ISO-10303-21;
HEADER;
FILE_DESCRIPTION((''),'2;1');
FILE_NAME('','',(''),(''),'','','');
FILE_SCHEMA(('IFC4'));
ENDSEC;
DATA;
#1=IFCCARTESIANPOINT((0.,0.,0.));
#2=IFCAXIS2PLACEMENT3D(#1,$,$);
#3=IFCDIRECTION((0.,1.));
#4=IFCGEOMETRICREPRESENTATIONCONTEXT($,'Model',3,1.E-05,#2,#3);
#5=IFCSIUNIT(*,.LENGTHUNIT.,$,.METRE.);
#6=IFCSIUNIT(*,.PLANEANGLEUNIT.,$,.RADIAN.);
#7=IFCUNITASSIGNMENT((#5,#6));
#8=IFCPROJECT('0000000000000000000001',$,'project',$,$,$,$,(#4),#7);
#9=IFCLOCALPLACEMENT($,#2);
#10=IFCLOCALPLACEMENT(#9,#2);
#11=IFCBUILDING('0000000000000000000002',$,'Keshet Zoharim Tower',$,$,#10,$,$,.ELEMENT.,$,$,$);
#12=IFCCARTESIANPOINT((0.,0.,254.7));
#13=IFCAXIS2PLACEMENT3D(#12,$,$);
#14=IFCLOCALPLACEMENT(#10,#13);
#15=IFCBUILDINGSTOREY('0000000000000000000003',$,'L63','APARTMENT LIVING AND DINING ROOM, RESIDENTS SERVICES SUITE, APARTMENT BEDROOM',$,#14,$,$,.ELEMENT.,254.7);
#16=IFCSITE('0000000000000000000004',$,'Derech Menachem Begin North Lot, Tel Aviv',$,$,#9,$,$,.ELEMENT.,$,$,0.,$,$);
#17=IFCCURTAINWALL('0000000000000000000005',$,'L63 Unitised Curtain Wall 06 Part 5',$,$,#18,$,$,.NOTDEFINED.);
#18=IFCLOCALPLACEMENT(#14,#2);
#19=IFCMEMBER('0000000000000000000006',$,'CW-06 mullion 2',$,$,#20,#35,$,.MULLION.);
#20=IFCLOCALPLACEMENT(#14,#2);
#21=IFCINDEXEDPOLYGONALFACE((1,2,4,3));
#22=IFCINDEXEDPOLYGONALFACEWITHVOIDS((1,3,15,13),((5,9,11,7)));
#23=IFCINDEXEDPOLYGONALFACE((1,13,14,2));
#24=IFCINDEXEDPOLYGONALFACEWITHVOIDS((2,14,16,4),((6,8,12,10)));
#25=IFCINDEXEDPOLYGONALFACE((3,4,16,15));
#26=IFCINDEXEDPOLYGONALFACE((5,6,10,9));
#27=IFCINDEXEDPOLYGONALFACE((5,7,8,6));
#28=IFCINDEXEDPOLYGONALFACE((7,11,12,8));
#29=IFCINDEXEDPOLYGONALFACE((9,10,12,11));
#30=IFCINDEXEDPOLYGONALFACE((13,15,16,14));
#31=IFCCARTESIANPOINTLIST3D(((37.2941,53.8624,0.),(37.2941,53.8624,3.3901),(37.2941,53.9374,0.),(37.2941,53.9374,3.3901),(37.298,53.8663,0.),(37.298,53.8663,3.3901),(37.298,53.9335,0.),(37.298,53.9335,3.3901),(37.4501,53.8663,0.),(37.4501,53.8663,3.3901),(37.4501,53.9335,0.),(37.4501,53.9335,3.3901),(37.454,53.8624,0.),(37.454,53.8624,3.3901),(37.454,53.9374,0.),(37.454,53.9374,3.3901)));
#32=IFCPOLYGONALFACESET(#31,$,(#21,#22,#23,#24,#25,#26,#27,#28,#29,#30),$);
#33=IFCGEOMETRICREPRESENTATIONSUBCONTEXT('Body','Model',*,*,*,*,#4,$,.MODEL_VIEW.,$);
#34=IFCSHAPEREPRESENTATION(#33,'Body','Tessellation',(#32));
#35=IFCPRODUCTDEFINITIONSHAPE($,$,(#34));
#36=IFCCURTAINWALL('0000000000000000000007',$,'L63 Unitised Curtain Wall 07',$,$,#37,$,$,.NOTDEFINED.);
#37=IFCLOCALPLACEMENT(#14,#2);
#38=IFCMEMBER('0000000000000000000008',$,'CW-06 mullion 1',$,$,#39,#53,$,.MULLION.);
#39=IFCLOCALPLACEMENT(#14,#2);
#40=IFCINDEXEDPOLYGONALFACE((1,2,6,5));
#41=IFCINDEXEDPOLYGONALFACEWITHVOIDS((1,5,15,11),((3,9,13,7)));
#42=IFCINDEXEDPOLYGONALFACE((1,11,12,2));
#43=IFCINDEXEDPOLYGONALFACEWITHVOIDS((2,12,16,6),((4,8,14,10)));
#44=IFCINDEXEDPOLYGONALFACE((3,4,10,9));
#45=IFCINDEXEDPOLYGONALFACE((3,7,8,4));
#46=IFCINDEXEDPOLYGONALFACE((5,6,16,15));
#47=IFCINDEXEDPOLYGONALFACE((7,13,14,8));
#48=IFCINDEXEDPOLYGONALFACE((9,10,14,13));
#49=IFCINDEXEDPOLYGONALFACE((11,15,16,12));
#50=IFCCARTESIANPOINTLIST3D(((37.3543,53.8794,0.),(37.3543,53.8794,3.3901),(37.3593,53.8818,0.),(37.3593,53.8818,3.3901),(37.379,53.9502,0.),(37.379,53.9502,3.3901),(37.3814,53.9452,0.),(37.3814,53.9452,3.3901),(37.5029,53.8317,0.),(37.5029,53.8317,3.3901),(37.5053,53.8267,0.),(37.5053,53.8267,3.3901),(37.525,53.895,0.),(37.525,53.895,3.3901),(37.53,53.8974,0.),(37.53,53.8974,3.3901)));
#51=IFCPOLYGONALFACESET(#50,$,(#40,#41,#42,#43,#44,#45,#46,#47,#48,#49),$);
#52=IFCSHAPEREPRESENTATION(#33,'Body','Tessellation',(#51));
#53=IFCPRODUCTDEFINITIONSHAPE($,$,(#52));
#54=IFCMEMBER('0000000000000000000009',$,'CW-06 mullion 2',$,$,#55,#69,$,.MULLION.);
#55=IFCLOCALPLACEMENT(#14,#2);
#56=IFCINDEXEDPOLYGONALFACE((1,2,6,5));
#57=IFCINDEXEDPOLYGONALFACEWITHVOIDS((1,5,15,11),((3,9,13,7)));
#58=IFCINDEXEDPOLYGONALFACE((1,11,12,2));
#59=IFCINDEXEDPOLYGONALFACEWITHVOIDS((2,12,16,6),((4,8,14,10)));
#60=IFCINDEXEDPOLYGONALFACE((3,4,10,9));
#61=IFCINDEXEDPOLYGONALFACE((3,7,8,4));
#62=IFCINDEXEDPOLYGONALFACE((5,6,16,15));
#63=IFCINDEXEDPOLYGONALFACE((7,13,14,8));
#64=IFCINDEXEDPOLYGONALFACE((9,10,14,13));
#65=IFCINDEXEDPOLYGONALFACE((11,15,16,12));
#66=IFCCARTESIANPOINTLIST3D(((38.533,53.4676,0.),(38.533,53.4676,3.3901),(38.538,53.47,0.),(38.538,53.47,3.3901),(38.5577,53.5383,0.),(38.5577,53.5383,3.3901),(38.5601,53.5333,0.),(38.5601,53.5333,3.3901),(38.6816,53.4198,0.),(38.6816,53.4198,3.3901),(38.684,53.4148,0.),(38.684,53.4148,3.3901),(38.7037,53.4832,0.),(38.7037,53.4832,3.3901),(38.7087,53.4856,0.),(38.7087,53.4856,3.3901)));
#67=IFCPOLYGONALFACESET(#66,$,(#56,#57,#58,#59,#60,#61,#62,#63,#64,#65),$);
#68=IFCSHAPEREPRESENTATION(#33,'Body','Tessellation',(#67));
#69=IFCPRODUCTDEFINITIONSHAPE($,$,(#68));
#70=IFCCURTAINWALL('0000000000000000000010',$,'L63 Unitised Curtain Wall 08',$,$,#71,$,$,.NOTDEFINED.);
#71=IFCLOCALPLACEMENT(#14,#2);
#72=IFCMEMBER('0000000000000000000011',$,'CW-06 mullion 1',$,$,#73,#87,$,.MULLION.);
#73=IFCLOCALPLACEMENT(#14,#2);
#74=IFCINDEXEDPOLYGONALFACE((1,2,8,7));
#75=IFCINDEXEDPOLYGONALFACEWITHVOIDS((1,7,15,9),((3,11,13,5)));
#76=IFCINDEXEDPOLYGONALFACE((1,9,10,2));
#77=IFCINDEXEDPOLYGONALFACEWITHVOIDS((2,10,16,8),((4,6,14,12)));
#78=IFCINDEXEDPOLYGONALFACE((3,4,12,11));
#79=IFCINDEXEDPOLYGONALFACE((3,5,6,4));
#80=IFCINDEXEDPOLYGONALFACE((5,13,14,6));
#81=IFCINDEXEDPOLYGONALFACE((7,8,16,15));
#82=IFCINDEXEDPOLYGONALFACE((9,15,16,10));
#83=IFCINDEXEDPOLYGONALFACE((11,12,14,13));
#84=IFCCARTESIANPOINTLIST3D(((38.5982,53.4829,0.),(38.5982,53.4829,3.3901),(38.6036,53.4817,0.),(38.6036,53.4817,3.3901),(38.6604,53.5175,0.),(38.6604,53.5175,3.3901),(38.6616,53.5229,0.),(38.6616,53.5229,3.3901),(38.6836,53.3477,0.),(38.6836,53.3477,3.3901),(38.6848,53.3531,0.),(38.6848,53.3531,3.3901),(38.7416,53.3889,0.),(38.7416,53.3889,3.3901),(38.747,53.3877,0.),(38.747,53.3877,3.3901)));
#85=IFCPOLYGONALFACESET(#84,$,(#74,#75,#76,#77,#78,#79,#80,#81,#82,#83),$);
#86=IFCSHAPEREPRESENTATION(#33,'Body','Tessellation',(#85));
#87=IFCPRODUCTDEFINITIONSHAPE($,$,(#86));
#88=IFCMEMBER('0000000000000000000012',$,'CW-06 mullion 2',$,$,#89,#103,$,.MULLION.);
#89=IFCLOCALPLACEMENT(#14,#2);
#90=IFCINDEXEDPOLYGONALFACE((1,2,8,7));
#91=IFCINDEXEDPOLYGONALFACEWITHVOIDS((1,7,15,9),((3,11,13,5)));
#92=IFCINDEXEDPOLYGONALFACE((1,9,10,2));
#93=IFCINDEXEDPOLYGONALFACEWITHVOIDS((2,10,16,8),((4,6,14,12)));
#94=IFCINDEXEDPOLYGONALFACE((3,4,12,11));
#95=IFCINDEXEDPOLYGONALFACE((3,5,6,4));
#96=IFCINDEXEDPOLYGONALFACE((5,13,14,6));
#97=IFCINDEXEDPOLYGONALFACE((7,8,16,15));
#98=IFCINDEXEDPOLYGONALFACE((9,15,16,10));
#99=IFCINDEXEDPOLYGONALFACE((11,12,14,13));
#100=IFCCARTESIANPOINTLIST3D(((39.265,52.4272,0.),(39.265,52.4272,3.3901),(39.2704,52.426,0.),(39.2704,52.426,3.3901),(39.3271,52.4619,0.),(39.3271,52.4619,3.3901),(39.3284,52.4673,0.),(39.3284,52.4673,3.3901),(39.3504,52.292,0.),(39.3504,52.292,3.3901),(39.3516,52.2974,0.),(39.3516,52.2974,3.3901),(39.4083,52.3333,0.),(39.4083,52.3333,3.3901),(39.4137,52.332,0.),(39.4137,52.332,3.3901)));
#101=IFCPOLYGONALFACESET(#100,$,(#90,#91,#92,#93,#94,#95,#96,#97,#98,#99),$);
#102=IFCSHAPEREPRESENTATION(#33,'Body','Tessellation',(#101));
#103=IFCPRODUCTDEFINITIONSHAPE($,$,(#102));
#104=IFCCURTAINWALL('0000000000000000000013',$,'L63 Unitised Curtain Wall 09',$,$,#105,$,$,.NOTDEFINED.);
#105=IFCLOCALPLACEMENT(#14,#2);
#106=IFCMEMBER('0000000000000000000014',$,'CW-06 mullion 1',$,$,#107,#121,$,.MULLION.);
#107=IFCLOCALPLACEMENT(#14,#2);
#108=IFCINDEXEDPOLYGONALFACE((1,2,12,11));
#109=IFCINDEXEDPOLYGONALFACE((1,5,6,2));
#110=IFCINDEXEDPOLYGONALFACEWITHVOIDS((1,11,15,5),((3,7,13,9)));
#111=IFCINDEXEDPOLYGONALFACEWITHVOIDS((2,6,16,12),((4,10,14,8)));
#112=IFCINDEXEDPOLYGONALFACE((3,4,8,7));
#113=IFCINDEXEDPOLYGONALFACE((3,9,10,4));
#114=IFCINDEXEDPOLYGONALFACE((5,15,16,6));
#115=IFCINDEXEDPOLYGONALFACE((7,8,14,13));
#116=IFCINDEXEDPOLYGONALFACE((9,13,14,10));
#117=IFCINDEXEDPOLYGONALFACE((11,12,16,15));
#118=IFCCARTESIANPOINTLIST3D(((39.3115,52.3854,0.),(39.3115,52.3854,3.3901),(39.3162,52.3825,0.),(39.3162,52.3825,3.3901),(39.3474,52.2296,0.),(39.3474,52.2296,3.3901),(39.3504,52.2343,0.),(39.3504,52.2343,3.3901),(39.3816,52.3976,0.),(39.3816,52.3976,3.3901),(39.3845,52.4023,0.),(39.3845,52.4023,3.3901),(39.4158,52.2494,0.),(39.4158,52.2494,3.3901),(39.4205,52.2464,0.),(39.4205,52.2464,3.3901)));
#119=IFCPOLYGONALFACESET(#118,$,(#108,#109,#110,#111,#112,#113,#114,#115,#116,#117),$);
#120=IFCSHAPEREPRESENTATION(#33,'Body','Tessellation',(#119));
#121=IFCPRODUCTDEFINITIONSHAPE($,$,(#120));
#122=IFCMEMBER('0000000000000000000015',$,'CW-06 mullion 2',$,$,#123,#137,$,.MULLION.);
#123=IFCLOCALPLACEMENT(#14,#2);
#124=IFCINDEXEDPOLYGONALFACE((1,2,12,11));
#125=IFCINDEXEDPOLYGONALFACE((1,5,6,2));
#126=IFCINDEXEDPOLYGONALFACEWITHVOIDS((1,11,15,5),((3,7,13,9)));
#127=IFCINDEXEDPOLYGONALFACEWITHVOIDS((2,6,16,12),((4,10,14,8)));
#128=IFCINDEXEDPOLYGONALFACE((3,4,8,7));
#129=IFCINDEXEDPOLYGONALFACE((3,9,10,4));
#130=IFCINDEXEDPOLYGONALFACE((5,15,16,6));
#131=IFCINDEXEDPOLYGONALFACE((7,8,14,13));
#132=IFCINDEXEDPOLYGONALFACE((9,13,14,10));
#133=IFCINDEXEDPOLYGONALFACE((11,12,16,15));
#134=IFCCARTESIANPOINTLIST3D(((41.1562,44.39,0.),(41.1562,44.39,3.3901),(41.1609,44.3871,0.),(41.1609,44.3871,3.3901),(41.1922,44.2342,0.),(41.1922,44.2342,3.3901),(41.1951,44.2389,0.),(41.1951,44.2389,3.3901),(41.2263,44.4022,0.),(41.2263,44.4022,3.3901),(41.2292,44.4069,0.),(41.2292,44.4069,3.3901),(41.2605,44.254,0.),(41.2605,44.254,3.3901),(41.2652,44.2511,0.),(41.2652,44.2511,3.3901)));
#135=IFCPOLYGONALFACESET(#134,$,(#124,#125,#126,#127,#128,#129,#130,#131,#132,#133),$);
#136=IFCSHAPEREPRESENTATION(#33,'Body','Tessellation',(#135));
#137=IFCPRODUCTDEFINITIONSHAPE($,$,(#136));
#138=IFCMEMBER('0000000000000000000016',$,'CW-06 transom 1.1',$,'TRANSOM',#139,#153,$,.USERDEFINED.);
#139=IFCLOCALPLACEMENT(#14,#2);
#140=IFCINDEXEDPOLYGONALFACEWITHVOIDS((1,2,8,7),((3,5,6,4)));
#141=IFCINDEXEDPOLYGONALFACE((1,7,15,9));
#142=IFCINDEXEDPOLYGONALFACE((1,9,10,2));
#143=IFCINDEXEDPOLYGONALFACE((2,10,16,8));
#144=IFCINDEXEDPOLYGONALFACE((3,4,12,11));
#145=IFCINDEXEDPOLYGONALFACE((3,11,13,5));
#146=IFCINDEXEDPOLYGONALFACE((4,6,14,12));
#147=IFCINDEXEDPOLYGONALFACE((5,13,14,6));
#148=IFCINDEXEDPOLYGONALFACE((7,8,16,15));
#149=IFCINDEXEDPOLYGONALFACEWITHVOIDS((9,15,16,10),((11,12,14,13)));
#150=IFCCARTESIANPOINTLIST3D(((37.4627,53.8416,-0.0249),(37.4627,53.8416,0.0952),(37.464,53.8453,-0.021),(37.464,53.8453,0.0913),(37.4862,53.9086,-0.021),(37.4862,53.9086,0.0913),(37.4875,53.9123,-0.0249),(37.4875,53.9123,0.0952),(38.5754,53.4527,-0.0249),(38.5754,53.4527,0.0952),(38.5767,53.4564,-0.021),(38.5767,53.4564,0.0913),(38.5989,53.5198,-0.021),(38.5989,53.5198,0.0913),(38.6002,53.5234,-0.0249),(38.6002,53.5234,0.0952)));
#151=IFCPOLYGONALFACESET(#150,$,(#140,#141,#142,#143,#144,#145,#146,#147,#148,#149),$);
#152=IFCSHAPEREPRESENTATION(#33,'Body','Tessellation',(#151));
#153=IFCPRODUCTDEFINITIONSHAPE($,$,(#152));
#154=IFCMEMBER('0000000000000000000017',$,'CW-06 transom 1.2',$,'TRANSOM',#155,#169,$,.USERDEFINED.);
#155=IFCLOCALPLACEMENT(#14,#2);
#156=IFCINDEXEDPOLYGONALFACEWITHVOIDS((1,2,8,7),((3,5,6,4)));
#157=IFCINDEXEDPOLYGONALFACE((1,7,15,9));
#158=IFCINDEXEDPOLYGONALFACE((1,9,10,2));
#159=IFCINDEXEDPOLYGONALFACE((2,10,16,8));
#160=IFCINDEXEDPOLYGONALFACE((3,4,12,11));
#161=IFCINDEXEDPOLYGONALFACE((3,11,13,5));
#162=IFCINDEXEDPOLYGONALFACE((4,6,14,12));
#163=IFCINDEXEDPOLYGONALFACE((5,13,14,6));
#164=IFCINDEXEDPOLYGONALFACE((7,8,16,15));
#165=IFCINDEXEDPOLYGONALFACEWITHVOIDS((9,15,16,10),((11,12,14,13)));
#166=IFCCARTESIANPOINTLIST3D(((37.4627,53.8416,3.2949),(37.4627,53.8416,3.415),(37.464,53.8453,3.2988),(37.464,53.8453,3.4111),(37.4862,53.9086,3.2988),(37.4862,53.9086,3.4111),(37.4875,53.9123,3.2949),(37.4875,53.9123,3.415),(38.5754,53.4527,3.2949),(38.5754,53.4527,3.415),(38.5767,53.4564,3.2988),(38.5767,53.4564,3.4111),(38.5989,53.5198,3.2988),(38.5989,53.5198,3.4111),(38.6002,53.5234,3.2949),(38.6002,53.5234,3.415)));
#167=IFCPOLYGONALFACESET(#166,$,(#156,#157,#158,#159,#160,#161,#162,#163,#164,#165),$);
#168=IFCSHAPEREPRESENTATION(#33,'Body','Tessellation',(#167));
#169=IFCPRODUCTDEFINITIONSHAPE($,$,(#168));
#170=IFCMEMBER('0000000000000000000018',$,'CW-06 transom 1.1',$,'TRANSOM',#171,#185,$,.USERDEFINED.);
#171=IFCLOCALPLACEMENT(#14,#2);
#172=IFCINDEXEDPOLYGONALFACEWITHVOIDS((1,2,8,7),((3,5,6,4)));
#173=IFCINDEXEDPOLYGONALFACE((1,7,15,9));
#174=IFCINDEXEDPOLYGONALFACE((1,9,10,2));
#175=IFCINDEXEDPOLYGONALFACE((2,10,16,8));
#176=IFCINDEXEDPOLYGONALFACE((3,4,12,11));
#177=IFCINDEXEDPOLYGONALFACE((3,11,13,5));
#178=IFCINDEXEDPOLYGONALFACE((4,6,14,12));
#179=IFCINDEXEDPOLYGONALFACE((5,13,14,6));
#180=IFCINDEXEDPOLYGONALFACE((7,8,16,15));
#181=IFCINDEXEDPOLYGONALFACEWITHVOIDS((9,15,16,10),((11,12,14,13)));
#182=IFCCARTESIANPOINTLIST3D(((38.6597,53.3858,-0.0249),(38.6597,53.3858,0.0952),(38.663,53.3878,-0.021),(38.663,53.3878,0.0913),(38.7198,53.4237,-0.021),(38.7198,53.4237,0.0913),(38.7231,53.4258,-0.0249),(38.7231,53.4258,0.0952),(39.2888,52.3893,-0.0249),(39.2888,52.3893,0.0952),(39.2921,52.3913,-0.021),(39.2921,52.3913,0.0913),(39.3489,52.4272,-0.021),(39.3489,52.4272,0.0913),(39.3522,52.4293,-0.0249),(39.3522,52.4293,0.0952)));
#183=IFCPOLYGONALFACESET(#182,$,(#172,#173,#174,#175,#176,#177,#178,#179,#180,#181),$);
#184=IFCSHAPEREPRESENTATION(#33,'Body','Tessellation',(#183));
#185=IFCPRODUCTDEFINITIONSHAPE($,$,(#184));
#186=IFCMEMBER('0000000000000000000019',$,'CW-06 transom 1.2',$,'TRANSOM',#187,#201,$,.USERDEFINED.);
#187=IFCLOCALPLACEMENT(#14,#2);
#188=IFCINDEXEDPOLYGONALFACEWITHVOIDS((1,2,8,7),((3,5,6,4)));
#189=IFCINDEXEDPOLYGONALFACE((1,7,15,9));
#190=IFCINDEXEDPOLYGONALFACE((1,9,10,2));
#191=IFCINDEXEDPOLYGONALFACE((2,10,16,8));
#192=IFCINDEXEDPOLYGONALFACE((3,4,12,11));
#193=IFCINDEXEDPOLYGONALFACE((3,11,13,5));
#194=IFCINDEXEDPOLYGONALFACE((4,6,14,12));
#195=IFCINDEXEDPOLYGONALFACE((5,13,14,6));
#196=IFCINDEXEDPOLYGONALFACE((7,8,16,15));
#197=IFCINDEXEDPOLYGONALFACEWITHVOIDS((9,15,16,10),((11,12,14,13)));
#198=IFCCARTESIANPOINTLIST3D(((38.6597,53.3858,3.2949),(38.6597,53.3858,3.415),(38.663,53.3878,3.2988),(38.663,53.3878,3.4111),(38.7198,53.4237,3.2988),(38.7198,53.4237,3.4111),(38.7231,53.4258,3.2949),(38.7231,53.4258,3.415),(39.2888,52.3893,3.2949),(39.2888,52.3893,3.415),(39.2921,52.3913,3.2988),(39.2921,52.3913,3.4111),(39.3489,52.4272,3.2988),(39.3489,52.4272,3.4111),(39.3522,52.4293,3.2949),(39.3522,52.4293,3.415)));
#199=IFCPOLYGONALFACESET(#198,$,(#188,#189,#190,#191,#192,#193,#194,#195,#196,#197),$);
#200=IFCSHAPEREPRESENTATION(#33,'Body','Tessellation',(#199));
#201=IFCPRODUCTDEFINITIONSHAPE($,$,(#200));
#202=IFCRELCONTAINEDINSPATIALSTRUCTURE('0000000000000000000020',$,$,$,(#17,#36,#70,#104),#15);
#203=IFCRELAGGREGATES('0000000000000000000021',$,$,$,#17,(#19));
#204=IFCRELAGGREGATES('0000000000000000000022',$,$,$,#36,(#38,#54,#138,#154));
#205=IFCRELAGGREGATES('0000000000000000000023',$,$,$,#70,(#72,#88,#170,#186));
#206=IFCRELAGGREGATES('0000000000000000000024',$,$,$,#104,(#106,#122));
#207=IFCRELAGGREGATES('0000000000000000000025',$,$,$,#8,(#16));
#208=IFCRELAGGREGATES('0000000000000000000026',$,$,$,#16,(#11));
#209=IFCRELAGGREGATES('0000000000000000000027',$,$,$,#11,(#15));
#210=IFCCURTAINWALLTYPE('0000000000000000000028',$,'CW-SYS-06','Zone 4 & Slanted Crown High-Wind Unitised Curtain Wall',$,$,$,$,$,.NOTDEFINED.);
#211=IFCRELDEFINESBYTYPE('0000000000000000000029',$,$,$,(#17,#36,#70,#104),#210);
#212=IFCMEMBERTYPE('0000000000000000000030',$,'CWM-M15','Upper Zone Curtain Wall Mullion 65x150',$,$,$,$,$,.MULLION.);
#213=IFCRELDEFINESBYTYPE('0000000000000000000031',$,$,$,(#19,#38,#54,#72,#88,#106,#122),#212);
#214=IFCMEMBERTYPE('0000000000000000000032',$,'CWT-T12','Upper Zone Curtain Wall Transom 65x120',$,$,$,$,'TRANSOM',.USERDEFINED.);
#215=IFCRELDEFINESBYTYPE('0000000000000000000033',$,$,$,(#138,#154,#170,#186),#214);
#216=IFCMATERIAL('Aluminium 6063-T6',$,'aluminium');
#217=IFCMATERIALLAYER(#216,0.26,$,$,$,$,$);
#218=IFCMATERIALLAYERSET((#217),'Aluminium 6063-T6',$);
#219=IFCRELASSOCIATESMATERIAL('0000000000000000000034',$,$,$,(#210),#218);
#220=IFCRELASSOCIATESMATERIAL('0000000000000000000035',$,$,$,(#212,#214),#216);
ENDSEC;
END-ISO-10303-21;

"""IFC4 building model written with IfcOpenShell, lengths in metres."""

from ifc_helpers import new_model, si_unit, direction, frame, origin, origin_2d, place, context, subcontext, project, spatial, hollow_rectangle, extrude, material, layer, layer_set, material_profile, profile_set, type_object, element, aggregate, save


model = new_model("IFC4")

# Units and contexts
model_context = context("Model", 3, precision=1e-05, world=origin(), true_north=direction((0.0, 1.0)))
body_context = subcontext(model_context, "Body", "Model", "MODEL_VIEW")
ifc_project = project(units=[si_unit("LENGTHUNIT", "METRE"), si_unit("PLANEANGLEUNIT", "RADIAN")], contexts=[model_context])

# Site, building, storey
site_placement = place(None, origin())
site = spatial("IfcSite", under=ifc_project, at=site_placement, Name="Derech Menachem Begin North Lot, Tel Aviv", CompositionType="ELEMENT", RefElevation=0.0)
building_placement = place(site_placement, origin())
building = spatial("IfcBuilding", under=site, at=building_placement, Name="Keshet Zoharim Tower", CompositionType="ELEMENT")
storey_placement = place(building_placement, frame((0.0, 0.0, 254.7)))
storey = spatial("IfcBuildingStorey", under=building, at=storey_placement, Name="L63", Description="APARTMENT LIVING AND DINING ROOM, RESIDENTS SERVICES SUITE, APARTMENT BEDROOM", CompositionType="ELEMENT", Elevation=254.7)

# Curtain wall, member
ifc_material_1 = material(Name="Aluminium 6063-T6", Category="aluminium")
ifc_layer_1 = layer(ifc_material_1, 0.26)
ifc_layer_set_1 = layer_set([ifc_layer_1], Name="Aluminium 6063-T6")
curtain_wall_type = type_object("IfcCurtainWallType", Name="CW-SYS-06", Description="Zone 4 & Slanted Crown High-Wind Unitised Curtain Wall", PredefinedType="NOTDEFINED", material=ifc_layer_set_1)
curtain_wall_1_placement = place(storey_placement, origin())
curtain_wall_1 = element("IfcCurtainWall", 1, at=curtain_wall_1_placement, inside=storey, type_object=curtain_wall_type, Name="L63 Unitised Curtain Wall 06 Part 5", PredefinedType="NOTDEFINED")
ifc_material_profile_1 = material_profile(ifc_material_1, hollow_rectangle(XDim=0.075, YDim=0.1599, WallThickness=0.0039, at=origin_2d()), Name="MUL-75x160")
ifc_profile_set_1 = profile_set([ifc_material_profile_1], Name="Aluminium 6063-T6")
member_type_1 = type_object("IfcMemberType", Name="CWM-M15", Description="Upper Zone Curtain Wall Mullion 65x150", PredefinedType="MULLION", material=ifc_profile_set_1)
member_1_placement = place(storey_placement, frame((37.374, 53.8999, 0.0), z_axis=(0.0, 0.0, 1.0), x_axis=(0.0, 1.0, 0.0)))
member_1 = element("IfcMember", 2, at=member_1_placement, type_object=member_type_1, Name="CW-06 mullion 2", PredefinedType="MULLION", context=body_context, shape_type="SweptSolid", body=[
    extrude(hollow_rectangle(XDim=0.075, YDim=0.1599, WallThickness=0.0039, at=origin_2d()), origin(), (0.0, 0.0, 1.0), 3.3901),
])
aggregate(curtain_wall_1, [member_1])

# Curtain walls, members
curtain_wall_2_placement = place(storey_placement, origin())
curtain_wall_2 = element("IfcCurtainWall", 3, at=curtain_wall_2_placement, inside=storey, type_object=curtain_wall_type, Name="L63 Unitised Curtain Wall 07", PredefinedType="NOTDEFINED")
member_2_placement = place(storey_placement, frame((37.4421, 53.8884, 0.0), z_axis=(0.0, 0.0, 1.0), x_axis=(0.329844, 0.944036, 0.0)))
member_2 = element("IfcMember", 4, at=member_2_placement, type_object=member_type_1, Name="CW-06 mullion 1", PredefinedType="MULLION", context=body_context, shape_type="SweptSolid", body=[
    extrude(hollow_rectangle(XDim=0.075, YDim=0.1599, WallThickness=0.0039, at=origin_2d()), origin(), (0.0, 0.0, 1.0), 3.3901),
])
member_3_placement = place(storey_placement, frame((38.6208, 53.4766, 0.0), z_axis=(0.0, 0.0, 1.0), x_axis=(0.329844, 0.944036, 0.0)))
member_3 = element("IfcMember", 5, at=member_3_placement, type_object=member_type_1, Name="CW-06 mullion 2", PredefinedType="MULLION", context=body_context, shape_type="SweptSolid", body=[
    extrude(hollow_rectangle(XDim=0.075, YDim=0.1599, WallThickness=0.0039, at=origin_2d()), origin(), (0.0, 0.0, 1.0), 3.3901),
])
curtain_wall_3_placement = place(storey_placement, origin())
curtain_wall_3 = element("IfcCurtainWall", 6, at=curtain_wall_3_placement, inside=storey, type_object=curtain_wall_type, Name="L63 Unitised Curtain Wall 08", PredefinedType="NOTDEFINED")
member_4_placement = place(storey_placement, frame((38.6726, 53.4353, 0.0), z_axis=(0.0, 0.0, 1.0), x_axis=(0.845561, 0.533879, 0.0)))
member_4 = element("IfcMember", 7, at=member_4_placement, type_object=member_type_1, Name="CW-06 mullion 1", PredefinedType="MULLION", context=body_context, shape_type="SweptSolid", body=[
    extrude(hollow_rectangle(XDim=0.075, YDim=0.1599, WallThickness=0.0039, at=origin_2d()), origin(), (0.0, 0.0, 1.0), 3.3901),
])
member_5_placement = place(storey_placement, frame((39.3394, 52.3796, 0.0), z_axis=(0.0, 0.0, 1.0), x_axis=(0.845561, 0.533879, 0.0)))
member_5 = element("IfcMember", 8, at=member_5_placement, type_object=member_type_1, Name="CW-06 mullion 2", PredefinedType="MULLION", context=body_context, shape_type="SweptSolid", body=[
    extrude(hollow_rectangle(XDim=0.075, YDim=0.1599, WallThickness=0.0039, at=origin_2d()), origin(), (0.0, 0.0, 1.0), 3.3901),
])
curtain_wall_4_placement = place(storey_placement, origin())
curtain_wall_4 = element("IfcCurtainWall", 9, at=curtain_wall_4_placement, inside=storey, type_object=curtain_wall_type, Name="L63 Unitised Curtain Wall 09", PredefinedType="NOTDEFINED")
member_6_placement = place(storey_placement, frame((39.366, 52.3159, 0.0), z_axis=(0.0, 0.0, 1.0), x_axis=(0.974398, 0.22483, 0.0)))
member_6 = element("IfcMember", 10, at=member_6_placement, type_object=member_type_1, Name="CW-06 mullion 1", PredefinedType="MULLION", context=body_context, shape_type="SweptSolid", body=[
    extrude(hollow_rectangle(XDim=0.075, YDim=0.1599, WallThickness=0.0039, at=origin_2d()), origin(), (0.0, 0.0, 1.0), 3.3901),
])
member_7_placement = place(storey_placement, frame((41.2107, 44.3206, 0.0), z_axis=(0.0, 0.0, 1.0), x_axis=(0.974398, 0.22483, 0.0)))
member_7 = element("IfcMember", 11, at=member_7_placement, type_object=member_type_1, Name="CW-06 mullion 2", PredefinedType="MULLION", context=body_context, shape_type="SweptSolid", body=[
    extrude(hollow_rectangle(XDim=0.075, YDim=0.1599, WallThickness=0.0039, at=origin_2d()), origin(), (0.0, 0.0, 1.0), 3.3901),
])

# Members
ifc_material_profile_2 = material_profile(ifc_material_1, hollow_rectangle(XDim=0.075, YDim=0.1201, WallThickness=0.0039, at=origin_2d()), Name="TRN-75x120")
ifc_profile_set_2 = profile_set([ifc_material_profile_2], Name="Aluminium 6063-T6")
member_type_2 = type_object("IfcMemberType", Name="CWT-T12", Description="Upper Zone Curtain Wall Transom 65x120", ElementType="TRANSOM", PredefinedType="USERDEFINED", material=ifc_profile_set_2)
member_8_placement = place(storey_placement, frame((37.4751, 53.877, 0.0352), z_axis=(0.944007, -0.329926, 0.0), x_axis=(0.329926, 0.944007, 0.0)))
member_8 = element("IfcMember", 12, at=member_8_placement, type_object=member_type_2, Name="CW-06 transom 1.1", ObjectType="TRANSOM", PredefinedType="USERDEFINED", context=body_context, shape_type="SweptSolid", body=[
    extrude(hollow_rectangle(XDim=0.075, YDim=0.1201, WallThickness=0.0039, at=origin_2d()), origin(), (0.0, 0.0, 1.0), 1.1787),
])
member_9_placement = place(storey_placement, frame((37.4751, 53.877, 3.355), z_axis=(0.944007, -0.329926, 0.0), x_axis=(0.329926, 0.944007, 0.0)))
member_9 = element("IfcMember", 13, at=member_9_placement, type_object=member_type_2, Name="CW-06 transom 1.2", ObjectType="TRANSOM", PredefinedType="USERDEFINED", context=body_context, shape_type="SweptSolid", body=[
    extrude(hollow_rectangle(XDim=0.075, YDim=0.1201, WallThickness=0.0039, at=origin_2d()), origin(), (0.0, 0.0, 1.0), 1.1787),
])
member_10_placement = place(storey_placement, frame((38.6914, 53.4058, 0.0352), z_axis=(0.533829, -0.845592, 0.0), x_axis=(0.845592, 0.533829, 0.0)))
member_10 = element("IfcMember", 14, at=member_10_placement, type_object=member_type_2, Name="CW-06 transom 1.1", ObjectType="TRANSOM", PredefinedType="USERDEFINED", context=body_context, shape_type="SweptSolid", body=[
    extrude(hollow_rectangle(XDim=0.075, YDim=0.1201, WallThickness=0.0039, at=origin_2d()), origin(), (0.0, 0.0, 1.0), 1.1785),
])
member_11_placement = place(storey_placement, frame((38.6914, 53.4058, 3.355), z_axis=(0.533829, -0.845592, 0.0), x_axis=(0.845592, 0.533829, 0.0)))
member_11 = element("IfcMember", 15, at=member_11_placement, type_object=member_type_2, Name="CW-06 transom 1.2", ObjectType="TRANSOM", PredefinedType="USERDEFINED", context=body_context, shape_type="SweptSolid", body=[
    extrude(hollow_rectangle(XDim=0.075, YDim=0.1201, WallThickness=0.0039, at=origin_2d()), origin(), (0.0, 0.0, 1.0), 1.1785),
])

aggregate(curtain_wall_2, [member_2, member_3, member_8, member_9])
aggregate(curtain_wall_3, [member_4, member_5, member_10, member_11])
aggregate(curtain_wall_4, [member_6, member_7])

save(model, "model.ifc")
